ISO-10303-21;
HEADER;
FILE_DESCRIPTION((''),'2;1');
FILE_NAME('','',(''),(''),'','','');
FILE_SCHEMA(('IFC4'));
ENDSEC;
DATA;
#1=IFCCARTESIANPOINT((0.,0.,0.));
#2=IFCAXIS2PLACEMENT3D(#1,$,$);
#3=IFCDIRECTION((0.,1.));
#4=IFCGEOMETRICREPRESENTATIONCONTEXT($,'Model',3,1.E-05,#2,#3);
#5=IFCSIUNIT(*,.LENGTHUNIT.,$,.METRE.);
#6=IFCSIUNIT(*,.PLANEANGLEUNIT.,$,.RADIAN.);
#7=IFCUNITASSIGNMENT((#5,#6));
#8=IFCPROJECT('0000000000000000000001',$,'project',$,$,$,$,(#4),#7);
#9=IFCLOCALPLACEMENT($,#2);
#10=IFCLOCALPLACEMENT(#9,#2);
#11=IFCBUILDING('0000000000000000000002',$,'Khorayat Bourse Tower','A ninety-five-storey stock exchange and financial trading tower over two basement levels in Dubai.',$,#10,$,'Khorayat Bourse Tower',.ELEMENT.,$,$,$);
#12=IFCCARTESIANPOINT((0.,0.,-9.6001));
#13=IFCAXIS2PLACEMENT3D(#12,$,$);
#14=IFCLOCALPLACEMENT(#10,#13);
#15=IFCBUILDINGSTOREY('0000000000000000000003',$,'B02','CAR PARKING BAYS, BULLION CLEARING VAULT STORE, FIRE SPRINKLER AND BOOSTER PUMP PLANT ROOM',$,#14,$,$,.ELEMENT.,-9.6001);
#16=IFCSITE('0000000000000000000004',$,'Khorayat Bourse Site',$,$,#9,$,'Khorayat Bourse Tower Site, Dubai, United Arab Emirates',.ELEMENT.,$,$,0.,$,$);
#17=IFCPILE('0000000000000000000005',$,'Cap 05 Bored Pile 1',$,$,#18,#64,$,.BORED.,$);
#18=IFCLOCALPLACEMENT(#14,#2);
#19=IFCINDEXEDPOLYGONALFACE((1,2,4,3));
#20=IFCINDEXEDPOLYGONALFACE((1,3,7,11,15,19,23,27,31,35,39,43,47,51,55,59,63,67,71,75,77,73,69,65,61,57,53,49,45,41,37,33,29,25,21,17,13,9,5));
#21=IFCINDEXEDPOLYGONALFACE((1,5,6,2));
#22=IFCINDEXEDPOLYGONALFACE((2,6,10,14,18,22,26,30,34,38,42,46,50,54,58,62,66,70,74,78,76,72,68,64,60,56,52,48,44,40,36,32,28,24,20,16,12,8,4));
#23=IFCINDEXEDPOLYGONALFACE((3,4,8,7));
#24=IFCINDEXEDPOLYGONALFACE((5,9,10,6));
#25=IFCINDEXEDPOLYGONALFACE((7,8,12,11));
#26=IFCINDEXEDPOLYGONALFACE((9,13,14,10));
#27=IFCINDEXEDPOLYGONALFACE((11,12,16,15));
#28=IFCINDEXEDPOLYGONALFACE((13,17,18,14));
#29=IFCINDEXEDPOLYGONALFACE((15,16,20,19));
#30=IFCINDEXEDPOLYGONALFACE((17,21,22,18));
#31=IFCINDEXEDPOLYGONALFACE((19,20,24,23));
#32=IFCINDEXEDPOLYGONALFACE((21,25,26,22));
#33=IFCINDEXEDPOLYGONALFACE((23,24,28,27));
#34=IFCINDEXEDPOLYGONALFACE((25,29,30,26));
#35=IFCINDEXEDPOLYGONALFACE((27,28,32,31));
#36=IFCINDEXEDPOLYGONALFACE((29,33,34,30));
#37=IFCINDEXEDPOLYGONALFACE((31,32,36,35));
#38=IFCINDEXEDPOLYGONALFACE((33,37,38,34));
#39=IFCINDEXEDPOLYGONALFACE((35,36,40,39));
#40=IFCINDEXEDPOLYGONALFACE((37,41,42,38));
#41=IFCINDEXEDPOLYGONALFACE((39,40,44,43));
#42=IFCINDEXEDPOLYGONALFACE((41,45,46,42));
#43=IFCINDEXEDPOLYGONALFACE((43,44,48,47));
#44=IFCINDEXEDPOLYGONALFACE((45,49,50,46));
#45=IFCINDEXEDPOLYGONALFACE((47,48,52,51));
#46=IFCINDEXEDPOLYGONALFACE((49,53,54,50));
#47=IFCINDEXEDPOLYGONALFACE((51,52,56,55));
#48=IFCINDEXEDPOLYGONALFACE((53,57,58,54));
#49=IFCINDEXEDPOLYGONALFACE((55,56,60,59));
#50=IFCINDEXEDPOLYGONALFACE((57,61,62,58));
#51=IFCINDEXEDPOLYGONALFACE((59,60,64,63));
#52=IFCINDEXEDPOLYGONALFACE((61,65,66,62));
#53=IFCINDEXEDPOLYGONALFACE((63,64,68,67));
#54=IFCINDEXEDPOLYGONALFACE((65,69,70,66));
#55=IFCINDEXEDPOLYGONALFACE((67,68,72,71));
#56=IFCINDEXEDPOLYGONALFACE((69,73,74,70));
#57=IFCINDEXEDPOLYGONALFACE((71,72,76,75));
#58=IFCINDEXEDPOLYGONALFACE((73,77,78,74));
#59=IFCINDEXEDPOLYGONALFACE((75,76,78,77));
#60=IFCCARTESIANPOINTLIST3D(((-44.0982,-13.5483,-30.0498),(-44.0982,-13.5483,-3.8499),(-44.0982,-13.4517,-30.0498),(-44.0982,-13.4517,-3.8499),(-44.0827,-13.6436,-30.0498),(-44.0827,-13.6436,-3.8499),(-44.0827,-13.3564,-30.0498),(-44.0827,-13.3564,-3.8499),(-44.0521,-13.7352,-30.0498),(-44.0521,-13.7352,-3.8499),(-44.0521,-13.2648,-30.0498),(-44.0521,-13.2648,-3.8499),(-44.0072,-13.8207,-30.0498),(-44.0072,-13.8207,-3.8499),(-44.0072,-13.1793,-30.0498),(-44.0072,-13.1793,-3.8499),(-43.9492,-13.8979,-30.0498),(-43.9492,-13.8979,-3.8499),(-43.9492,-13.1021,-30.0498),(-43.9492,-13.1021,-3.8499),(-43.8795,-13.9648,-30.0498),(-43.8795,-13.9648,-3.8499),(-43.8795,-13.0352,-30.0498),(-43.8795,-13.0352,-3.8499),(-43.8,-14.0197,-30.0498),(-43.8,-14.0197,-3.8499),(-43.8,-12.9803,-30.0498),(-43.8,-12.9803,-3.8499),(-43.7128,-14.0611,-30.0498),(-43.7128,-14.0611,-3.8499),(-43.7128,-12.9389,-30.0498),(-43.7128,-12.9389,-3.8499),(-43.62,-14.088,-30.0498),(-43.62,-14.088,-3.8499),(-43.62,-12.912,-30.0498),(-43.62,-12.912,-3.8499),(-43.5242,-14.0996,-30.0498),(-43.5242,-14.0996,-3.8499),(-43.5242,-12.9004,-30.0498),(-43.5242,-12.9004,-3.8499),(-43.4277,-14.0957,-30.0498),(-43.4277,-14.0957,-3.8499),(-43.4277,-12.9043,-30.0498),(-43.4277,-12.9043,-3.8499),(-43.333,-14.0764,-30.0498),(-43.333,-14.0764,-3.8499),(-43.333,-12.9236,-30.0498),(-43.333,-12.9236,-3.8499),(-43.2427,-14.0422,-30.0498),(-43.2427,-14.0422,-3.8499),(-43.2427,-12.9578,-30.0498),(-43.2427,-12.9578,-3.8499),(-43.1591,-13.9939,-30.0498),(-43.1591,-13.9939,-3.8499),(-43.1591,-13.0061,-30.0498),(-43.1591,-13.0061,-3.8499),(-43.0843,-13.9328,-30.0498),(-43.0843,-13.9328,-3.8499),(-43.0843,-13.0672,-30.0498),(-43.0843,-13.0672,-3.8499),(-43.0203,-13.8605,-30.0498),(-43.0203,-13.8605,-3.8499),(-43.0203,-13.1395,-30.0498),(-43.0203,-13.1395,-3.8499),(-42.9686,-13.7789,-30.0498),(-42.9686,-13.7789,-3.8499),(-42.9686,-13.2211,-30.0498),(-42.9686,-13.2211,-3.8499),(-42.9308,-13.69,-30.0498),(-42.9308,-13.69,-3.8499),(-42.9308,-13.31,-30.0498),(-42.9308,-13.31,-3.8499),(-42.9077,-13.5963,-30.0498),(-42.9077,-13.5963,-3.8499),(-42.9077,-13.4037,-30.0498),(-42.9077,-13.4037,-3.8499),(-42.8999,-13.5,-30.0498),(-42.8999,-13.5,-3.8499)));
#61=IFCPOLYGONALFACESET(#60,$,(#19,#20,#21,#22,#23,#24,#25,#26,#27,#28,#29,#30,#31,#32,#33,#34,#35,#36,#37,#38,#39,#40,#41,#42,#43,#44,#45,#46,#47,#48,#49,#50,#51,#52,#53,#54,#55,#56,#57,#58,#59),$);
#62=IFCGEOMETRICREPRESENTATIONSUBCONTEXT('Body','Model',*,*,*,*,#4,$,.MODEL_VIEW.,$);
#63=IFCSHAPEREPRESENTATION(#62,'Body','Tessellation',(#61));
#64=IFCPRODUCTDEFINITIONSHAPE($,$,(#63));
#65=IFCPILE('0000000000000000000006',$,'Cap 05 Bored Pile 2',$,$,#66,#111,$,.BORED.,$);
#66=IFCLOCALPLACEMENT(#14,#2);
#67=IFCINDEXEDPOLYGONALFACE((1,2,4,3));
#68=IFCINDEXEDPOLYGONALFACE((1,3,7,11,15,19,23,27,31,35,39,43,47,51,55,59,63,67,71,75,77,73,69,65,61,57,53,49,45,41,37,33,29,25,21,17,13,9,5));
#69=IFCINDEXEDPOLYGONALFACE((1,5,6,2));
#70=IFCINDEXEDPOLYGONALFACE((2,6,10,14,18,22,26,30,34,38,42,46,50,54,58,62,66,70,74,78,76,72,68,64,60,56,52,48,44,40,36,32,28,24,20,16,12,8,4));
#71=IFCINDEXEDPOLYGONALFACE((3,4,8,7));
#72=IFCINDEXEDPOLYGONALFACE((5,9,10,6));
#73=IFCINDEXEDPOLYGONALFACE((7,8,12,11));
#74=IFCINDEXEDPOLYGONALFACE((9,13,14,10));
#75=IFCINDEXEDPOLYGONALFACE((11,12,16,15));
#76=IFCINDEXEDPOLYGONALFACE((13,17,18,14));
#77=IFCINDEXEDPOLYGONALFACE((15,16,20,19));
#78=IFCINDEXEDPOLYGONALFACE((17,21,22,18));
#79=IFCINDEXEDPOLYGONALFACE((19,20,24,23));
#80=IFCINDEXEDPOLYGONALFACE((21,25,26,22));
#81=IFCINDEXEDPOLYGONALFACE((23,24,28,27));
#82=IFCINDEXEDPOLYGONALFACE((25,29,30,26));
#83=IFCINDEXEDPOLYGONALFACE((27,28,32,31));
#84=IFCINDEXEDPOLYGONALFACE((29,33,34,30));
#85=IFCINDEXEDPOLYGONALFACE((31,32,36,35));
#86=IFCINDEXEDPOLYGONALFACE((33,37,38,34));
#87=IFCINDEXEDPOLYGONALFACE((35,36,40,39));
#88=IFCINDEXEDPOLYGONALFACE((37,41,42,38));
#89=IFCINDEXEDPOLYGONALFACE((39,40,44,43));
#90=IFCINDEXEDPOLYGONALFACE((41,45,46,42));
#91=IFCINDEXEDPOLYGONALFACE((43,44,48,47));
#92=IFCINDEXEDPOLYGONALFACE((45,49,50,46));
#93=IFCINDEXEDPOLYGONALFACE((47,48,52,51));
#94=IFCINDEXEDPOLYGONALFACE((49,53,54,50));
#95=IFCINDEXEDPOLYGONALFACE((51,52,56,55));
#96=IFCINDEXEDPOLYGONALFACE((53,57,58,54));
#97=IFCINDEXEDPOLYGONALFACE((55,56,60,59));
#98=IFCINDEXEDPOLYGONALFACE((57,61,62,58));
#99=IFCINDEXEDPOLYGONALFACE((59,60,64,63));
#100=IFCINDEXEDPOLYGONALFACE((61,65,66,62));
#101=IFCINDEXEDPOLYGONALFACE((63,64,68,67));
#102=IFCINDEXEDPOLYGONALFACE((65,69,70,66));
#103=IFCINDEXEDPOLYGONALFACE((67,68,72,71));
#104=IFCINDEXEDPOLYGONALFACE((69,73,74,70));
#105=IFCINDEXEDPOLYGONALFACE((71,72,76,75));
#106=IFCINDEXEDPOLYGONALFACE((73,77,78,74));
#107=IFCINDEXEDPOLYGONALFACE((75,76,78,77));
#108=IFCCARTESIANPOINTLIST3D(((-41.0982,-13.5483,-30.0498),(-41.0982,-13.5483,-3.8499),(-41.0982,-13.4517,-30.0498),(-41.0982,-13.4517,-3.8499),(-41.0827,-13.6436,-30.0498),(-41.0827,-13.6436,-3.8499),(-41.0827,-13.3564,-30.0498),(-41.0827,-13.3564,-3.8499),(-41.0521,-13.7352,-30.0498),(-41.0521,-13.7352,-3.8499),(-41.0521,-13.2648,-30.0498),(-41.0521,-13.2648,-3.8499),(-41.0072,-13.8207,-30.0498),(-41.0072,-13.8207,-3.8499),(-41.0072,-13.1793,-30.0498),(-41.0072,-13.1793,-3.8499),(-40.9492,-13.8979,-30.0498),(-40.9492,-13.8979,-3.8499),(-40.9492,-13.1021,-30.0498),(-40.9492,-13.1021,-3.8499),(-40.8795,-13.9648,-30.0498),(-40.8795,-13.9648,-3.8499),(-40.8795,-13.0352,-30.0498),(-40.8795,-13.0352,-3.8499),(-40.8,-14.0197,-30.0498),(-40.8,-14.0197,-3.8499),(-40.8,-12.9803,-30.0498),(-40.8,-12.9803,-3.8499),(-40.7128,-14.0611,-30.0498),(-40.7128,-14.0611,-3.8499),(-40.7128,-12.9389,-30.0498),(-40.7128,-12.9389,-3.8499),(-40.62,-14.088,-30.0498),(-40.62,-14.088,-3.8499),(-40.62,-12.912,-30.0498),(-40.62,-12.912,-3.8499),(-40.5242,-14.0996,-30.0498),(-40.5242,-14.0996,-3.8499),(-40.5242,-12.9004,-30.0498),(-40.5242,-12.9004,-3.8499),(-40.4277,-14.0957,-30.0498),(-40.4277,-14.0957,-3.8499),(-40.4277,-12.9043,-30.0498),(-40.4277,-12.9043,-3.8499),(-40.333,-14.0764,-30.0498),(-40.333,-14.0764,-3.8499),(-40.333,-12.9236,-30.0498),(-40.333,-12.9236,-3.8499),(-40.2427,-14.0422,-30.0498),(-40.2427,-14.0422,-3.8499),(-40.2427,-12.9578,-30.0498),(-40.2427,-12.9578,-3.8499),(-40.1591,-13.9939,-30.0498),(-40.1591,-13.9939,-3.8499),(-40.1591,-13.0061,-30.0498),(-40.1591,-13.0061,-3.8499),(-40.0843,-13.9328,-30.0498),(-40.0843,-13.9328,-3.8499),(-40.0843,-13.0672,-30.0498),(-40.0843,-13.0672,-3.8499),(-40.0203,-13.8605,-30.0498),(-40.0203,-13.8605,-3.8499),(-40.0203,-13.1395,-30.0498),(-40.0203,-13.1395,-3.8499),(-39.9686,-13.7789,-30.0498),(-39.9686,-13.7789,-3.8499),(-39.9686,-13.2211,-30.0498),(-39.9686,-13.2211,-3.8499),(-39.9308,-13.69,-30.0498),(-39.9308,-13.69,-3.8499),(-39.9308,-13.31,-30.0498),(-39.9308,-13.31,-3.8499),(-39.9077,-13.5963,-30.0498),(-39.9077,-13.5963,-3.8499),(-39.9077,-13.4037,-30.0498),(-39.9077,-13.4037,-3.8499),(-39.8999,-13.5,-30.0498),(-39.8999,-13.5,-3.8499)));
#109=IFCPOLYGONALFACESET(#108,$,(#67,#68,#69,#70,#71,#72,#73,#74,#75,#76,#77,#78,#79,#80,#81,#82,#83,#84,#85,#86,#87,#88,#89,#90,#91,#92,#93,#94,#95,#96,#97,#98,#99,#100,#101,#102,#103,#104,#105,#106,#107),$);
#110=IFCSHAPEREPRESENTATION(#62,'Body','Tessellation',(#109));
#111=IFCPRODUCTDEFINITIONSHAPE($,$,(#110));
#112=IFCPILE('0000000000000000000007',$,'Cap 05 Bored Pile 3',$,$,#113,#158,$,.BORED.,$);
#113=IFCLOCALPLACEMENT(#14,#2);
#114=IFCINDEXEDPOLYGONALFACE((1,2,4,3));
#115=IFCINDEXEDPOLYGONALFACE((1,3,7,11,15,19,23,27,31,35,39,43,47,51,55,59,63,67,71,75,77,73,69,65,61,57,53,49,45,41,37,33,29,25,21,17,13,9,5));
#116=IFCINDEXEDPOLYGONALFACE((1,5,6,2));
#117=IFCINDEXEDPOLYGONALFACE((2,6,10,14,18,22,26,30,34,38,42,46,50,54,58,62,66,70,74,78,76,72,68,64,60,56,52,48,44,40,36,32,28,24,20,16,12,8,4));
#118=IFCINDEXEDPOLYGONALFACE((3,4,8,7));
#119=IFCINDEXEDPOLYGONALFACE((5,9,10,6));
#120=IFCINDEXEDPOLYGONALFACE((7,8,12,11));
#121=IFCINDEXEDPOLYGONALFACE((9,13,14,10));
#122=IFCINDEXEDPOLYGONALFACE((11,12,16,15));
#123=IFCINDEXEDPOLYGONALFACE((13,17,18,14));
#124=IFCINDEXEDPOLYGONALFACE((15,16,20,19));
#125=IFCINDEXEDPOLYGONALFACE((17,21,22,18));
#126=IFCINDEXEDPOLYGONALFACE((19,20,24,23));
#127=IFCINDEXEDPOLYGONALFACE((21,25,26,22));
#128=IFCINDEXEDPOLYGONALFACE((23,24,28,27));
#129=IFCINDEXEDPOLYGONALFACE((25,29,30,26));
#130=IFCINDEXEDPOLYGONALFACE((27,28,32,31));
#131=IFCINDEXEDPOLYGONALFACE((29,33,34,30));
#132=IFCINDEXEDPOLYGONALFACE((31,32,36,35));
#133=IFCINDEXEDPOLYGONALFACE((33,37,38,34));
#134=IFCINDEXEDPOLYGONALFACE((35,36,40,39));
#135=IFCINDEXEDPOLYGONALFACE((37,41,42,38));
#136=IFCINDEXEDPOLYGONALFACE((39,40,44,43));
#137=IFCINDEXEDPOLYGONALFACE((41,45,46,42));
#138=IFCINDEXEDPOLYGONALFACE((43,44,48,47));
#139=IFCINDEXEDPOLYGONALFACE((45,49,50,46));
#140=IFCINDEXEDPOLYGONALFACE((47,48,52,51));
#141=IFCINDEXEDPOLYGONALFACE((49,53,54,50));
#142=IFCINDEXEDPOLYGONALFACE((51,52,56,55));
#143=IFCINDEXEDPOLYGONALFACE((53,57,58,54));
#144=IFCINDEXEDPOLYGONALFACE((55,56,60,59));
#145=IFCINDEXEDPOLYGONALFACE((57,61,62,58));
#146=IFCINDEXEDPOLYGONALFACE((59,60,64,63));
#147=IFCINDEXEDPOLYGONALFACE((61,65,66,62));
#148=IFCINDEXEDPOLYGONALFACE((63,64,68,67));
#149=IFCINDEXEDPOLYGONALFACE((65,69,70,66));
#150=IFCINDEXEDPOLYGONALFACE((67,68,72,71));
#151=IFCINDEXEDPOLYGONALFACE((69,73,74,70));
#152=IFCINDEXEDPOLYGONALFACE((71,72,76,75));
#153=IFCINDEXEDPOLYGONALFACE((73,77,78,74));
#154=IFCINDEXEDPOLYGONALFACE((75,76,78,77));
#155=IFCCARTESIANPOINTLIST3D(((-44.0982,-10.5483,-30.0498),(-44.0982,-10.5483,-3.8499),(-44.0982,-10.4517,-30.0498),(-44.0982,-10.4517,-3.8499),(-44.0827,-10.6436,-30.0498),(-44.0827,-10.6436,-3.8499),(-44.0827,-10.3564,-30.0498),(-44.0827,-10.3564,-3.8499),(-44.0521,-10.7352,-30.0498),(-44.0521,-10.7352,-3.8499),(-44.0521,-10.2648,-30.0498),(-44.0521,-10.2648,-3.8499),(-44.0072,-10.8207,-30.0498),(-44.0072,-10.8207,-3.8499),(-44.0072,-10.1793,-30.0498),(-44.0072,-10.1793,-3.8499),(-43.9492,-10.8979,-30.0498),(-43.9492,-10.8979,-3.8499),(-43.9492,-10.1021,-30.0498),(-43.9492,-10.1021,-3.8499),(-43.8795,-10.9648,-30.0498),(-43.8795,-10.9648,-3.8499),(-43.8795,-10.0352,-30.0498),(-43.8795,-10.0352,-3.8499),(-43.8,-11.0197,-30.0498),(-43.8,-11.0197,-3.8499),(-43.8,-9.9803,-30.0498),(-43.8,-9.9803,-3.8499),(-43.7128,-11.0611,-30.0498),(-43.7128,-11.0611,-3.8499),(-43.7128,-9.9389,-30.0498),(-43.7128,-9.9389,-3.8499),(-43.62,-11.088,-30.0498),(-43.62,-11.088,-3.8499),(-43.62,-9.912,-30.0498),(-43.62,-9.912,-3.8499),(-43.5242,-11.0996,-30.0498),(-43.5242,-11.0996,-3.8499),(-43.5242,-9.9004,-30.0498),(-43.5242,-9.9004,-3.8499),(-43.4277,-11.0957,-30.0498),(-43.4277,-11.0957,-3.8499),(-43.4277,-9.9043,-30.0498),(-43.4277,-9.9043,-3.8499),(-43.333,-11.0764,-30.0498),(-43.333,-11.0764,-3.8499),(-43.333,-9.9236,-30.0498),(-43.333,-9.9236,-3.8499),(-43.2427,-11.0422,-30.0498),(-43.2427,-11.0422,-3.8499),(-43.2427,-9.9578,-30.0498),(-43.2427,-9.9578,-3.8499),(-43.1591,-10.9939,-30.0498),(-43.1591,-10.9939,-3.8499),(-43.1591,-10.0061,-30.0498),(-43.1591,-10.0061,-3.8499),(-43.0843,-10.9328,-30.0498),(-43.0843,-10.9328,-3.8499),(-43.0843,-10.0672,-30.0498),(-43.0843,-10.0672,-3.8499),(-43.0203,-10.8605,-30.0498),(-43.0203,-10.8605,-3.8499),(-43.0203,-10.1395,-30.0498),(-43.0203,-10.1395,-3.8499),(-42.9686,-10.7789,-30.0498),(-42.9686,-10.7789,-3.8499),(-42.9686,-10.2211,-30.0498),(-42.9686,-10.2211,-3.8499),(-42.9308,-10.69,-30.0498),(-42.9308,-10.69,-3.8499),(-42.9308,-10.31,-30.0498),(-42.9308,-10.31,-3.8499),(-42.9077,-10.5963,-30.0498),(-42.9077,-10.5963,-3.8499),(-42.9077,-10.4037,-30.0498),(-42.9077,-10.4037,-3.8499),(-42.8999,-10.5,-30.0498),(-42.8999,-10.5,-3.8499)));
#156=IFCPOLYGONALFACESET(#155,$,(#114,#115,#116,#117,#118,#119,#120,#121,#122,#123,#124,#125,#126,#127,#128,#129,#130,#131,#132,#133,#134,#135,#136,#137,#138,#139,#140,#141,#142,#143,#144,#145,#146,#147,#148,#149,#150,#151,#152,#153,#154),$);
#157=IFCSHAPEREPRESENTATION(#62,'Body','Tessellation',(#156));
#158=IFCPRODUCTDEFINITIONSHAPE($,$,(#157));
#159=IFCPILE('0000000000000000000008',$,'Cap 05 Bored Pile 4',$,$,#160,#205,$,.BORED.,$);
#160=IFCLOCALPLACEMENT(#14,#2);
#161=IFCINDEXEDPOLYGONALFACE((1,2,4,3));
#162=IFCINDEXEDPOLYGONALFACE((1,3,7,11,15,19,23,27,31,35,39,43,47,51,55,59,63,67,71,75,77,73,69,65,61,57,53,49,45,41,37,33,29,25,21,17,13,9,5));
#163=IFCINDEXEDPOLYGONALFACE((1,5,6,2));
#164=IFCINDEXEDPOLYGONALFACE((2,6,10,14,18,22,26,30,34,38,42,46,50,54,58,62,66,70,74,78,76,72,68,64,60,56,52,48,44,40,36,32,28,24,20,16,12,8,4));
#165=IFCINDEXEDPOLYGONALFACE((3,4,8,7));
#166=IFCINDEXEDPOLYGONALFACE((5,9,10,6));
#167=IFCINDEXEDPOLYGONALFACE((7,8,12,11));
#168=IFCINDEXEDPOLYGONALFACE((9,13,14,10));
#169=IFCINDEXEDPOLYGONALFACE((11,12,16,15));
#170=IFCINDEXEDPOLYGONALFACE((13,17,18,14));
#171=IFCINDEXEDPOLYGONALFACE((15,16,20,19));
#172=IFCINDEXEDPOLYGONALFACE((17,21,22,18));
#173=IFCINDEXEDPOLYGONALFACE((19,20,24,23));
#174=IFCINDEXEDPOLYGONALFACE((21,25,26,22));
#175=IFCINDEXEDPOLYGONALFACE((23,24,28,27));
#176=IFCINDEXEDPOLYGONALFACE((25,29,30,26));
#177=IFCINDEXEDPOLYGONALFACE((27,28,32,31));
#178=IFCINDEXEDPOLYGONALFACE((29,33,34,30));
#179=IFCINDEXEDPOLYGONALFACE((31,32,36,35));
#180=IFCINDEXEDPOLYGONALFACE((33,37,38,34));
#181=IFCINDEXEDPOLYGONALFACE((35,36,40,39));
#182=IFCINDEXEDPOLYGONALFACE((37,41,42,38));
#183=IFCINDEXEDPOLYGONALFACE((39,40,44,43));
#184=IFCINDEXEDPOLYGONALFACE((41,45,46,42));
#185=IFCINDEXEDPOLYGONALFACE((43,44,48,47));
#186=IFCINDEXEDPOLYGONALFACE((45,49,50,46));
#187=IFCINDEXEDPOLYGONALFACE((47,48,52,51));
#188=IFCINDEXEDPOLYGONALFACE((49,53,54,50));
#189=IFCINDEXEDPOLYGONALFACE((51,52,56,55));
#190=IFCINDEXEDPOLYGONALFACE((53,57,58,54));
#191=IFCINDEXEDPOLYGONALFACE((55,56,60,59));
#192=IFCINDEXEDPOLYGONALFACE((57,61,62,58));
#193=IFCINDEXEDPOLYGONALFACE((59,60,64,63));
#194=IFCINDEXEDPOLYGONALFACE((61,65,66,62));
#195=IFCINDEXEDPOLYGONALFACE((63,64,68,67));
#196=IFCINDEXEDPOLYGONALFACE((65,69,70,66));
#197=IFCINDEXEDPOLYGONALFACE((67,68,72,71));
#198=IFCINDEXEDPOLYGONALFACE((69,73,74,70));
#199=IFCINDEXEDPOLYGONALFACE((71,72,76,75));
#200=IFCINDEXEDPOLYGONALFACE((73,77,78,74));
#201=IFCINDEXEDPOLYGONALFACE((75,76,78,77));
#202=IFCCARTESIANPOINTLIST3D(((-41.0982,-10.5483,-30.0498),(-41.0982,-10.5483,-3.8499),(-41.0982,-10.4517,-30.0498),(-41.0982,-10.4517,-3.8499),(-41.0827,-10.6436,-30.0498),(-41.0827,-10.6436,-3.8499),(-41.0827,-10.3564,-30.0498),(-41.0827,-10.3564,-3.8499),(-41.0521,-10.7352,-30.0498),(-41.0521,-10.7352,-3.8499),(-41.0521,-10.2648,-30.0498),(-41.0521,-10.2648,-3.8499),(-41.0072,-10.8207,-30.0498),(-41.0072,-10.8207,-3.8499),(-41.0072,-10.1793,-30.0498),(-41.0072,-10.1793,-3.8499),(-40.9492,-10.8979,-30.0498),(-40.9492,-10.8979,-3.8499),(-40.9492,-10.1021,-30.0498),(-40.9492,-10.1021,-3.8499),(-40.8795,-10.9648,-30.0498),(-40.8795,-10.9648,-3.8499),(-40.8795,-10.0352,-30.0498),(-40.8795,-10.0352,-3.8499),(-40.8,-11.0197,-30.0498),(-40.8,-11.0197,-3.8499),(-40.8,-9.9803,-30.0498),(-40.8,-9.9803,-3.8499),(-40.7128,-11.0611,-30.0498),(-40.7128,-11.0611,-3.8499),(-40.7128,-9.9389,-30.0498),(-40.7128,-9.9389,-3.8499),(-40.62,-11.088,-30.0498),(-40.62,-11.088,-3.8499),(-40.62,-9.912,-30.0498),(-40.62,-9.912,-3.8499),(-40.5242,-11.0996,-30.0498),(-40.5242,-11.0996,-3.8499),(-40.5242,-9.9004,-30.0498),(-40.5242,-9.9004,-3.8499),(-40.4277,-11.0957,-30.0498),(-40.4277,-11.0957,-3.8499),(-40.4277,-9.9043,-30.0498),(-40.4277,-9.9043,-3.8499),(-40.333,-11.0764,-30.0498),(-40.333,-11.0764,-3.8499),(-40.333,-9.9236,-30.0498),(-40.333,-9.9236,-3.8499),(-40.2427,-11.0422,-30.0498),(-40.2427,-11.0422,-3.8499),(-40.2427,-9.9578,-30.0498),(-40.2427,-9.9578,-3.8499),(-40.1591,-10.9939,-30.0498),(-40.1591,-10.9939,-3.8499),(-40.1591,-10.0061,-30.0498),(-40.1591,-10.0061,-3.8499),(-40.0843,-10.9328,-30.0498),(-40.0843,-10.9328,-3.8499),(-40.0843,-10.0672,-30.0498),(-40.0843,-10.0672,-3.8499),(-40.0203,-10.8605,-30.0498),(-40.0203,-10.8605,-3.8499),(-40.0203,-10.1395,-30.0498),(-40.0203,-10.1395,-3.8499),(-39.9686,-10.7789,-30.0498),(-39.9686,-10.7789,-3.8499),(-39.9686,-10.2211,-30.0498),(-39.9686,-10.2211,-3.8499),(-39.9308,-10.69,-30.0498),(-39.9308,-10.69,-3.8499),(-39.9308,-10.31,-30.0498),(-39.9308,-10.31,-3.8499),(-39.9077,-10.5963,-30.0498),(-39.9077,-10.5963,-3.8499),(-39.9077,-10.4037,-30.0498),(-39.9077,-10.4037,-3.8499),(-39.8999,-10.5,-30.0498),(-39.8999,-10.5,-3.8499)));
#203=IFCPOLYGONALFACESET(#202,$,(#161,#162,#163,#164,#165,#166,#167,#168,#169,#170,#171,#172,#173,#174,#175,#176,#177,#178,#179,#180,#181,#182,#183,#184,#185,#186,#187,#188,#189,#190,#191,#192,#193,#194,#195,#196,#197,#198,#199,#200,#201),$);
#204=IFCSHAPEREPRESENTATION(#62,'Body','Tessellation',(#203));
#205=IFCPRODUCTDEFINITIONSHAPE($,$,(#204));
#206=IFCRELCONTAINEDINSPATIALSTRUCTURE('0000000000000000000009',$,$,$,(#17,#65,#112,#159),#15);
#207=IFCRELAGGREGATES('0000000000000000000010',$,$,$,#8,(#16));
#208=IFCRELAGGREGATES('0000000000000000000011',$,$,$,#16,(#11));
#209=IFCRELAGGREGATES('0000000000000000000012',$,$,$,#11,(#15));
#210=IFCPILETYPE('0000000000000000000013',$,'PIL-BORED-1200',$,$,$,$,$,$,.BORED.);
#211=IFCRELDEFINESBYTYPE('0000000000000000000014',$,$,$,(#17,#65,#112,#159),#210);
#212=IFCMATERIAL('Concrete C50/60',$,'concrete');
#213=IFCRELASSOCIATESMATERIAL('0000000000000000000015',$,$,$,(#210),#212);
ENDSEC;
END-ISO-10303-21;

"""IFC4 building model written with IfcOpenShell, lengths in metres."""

from ifc_helpers import new_model, si_unit, direction, frame, origin, origin_2d, place, context, subcontext, project, spatial, circle, extrude, source, transform, mapped, material, material_profile, profile_set, type_object, element, save


model = new_model("IFC4")

# Units and contexts
model_context = context("Model", 3, precision=1e-05, world=origin(), true_north=direction((0.0, 1.0)))
body_context = subcontext(model_context, "Body", "Model", "MODEL_VIEW")
ifc_project = project(units=[si_unit("LENGTHUNIT", "METRE"), si_unit("PLANEANGLEUNIT", "RADIAN")], contexts=[model_context])

# Site, building, storey
site_placement = place(None, origin())
site = spatial("IfcSite", under=ifc_project, at=site_placement, Name="Khorayat Bourse Site", LongName="Khorayat Bourse Tower Site, Dubai, United Arab Emirates", CompositionType="ELEMENT", RefElevation=0.0)
building_placement = place(site_placement, origin())
building = spatial("IfcBuilding", under=site, at=building_placement, Name="Khorayat Bourse Tower", Description="A ninety-five-storey stock exchange and financial trading tower over two basement levels in Dubai.", LongName="Khorayat Bourse Tower", CompositionType="ELEMENT")
storey_placement = place(building_placement, frame((0.0, 0.0, -9.6001)))
storey = spatial("IfcBuildingStorey", under=building, at=storey_placement, Name="B02", Description="CAR PARKING BAYS, BULLION CLEARING VAULT STORE, FIRE SPRINKLER AND BOOSTER PUMP PLANT ROOM", CompositionType="ELEMENT", Elevation=-9.6001)

# Shared definitions
ifc_material_1 = material(Name="Concrete C50/60", Category="concrete")

# Piles
ifc_material_profile_1 = material_profile(ifc_material_1, circle(Radius=0.6001, at=origin_2d()), Name="BORED PILE D1200")
ifc_profile_set_1 = profile_set([ifc_material_profile_1], Name="Concrete C50/60")
pile_type_1 = type_object("IfcPileType", Name="PIL-BORED-1200", PredefinedType="BORED", material=ifc_profile_set_1)
shared_shape_1 = source(origin(), body_context, "Body", "SweptSolid", [
    extrude(circle(Radius=0.6001, at=origin_2d()), origin(), (0.0, 0.0, 1.0), 26.2),
])
for number, where, z_axis, x_axis, name in (
    (1, (-43.5, -13.5, -3.8499), (0.0, 0.0, -1.0), (1.0, 0.0, 0.0), "Cap 05 Bored Pile 1"),
    (2, (-40.5, -13.5, -3.8499), (0.0, 0.0, -1.0), (1.0, 0.0, 0.0), "Cap 05 Bored Pile 2"),
    (3, (-43.5, -10.5, -3.8499), (0.0, 0.0, -1.0), (1.0, 0.0, 0.0), "Cap 05 Bored Pile 3"),
    (4, (-40.5, -10.5, -3.8499), (0.0, 0.0, -1.0), (1.0, 0.0, 0.0), "Cap 05 Bored Pile 4"),
):
    element("IfcPile", number, at=place(storey_placement, frame(where, z_axis=z_axis, x_axis=x_axis)), inside=storey, type_object=pile_type_1, Name=name, PredefinedType="BORED", context=body_context, shape_type="MappedRepresentation", body=[
        mapped(shared_shape_1, transform((0.0, 0.0, 0.0), scale=1.0)),
    ])

save(model, "model.ifc")
